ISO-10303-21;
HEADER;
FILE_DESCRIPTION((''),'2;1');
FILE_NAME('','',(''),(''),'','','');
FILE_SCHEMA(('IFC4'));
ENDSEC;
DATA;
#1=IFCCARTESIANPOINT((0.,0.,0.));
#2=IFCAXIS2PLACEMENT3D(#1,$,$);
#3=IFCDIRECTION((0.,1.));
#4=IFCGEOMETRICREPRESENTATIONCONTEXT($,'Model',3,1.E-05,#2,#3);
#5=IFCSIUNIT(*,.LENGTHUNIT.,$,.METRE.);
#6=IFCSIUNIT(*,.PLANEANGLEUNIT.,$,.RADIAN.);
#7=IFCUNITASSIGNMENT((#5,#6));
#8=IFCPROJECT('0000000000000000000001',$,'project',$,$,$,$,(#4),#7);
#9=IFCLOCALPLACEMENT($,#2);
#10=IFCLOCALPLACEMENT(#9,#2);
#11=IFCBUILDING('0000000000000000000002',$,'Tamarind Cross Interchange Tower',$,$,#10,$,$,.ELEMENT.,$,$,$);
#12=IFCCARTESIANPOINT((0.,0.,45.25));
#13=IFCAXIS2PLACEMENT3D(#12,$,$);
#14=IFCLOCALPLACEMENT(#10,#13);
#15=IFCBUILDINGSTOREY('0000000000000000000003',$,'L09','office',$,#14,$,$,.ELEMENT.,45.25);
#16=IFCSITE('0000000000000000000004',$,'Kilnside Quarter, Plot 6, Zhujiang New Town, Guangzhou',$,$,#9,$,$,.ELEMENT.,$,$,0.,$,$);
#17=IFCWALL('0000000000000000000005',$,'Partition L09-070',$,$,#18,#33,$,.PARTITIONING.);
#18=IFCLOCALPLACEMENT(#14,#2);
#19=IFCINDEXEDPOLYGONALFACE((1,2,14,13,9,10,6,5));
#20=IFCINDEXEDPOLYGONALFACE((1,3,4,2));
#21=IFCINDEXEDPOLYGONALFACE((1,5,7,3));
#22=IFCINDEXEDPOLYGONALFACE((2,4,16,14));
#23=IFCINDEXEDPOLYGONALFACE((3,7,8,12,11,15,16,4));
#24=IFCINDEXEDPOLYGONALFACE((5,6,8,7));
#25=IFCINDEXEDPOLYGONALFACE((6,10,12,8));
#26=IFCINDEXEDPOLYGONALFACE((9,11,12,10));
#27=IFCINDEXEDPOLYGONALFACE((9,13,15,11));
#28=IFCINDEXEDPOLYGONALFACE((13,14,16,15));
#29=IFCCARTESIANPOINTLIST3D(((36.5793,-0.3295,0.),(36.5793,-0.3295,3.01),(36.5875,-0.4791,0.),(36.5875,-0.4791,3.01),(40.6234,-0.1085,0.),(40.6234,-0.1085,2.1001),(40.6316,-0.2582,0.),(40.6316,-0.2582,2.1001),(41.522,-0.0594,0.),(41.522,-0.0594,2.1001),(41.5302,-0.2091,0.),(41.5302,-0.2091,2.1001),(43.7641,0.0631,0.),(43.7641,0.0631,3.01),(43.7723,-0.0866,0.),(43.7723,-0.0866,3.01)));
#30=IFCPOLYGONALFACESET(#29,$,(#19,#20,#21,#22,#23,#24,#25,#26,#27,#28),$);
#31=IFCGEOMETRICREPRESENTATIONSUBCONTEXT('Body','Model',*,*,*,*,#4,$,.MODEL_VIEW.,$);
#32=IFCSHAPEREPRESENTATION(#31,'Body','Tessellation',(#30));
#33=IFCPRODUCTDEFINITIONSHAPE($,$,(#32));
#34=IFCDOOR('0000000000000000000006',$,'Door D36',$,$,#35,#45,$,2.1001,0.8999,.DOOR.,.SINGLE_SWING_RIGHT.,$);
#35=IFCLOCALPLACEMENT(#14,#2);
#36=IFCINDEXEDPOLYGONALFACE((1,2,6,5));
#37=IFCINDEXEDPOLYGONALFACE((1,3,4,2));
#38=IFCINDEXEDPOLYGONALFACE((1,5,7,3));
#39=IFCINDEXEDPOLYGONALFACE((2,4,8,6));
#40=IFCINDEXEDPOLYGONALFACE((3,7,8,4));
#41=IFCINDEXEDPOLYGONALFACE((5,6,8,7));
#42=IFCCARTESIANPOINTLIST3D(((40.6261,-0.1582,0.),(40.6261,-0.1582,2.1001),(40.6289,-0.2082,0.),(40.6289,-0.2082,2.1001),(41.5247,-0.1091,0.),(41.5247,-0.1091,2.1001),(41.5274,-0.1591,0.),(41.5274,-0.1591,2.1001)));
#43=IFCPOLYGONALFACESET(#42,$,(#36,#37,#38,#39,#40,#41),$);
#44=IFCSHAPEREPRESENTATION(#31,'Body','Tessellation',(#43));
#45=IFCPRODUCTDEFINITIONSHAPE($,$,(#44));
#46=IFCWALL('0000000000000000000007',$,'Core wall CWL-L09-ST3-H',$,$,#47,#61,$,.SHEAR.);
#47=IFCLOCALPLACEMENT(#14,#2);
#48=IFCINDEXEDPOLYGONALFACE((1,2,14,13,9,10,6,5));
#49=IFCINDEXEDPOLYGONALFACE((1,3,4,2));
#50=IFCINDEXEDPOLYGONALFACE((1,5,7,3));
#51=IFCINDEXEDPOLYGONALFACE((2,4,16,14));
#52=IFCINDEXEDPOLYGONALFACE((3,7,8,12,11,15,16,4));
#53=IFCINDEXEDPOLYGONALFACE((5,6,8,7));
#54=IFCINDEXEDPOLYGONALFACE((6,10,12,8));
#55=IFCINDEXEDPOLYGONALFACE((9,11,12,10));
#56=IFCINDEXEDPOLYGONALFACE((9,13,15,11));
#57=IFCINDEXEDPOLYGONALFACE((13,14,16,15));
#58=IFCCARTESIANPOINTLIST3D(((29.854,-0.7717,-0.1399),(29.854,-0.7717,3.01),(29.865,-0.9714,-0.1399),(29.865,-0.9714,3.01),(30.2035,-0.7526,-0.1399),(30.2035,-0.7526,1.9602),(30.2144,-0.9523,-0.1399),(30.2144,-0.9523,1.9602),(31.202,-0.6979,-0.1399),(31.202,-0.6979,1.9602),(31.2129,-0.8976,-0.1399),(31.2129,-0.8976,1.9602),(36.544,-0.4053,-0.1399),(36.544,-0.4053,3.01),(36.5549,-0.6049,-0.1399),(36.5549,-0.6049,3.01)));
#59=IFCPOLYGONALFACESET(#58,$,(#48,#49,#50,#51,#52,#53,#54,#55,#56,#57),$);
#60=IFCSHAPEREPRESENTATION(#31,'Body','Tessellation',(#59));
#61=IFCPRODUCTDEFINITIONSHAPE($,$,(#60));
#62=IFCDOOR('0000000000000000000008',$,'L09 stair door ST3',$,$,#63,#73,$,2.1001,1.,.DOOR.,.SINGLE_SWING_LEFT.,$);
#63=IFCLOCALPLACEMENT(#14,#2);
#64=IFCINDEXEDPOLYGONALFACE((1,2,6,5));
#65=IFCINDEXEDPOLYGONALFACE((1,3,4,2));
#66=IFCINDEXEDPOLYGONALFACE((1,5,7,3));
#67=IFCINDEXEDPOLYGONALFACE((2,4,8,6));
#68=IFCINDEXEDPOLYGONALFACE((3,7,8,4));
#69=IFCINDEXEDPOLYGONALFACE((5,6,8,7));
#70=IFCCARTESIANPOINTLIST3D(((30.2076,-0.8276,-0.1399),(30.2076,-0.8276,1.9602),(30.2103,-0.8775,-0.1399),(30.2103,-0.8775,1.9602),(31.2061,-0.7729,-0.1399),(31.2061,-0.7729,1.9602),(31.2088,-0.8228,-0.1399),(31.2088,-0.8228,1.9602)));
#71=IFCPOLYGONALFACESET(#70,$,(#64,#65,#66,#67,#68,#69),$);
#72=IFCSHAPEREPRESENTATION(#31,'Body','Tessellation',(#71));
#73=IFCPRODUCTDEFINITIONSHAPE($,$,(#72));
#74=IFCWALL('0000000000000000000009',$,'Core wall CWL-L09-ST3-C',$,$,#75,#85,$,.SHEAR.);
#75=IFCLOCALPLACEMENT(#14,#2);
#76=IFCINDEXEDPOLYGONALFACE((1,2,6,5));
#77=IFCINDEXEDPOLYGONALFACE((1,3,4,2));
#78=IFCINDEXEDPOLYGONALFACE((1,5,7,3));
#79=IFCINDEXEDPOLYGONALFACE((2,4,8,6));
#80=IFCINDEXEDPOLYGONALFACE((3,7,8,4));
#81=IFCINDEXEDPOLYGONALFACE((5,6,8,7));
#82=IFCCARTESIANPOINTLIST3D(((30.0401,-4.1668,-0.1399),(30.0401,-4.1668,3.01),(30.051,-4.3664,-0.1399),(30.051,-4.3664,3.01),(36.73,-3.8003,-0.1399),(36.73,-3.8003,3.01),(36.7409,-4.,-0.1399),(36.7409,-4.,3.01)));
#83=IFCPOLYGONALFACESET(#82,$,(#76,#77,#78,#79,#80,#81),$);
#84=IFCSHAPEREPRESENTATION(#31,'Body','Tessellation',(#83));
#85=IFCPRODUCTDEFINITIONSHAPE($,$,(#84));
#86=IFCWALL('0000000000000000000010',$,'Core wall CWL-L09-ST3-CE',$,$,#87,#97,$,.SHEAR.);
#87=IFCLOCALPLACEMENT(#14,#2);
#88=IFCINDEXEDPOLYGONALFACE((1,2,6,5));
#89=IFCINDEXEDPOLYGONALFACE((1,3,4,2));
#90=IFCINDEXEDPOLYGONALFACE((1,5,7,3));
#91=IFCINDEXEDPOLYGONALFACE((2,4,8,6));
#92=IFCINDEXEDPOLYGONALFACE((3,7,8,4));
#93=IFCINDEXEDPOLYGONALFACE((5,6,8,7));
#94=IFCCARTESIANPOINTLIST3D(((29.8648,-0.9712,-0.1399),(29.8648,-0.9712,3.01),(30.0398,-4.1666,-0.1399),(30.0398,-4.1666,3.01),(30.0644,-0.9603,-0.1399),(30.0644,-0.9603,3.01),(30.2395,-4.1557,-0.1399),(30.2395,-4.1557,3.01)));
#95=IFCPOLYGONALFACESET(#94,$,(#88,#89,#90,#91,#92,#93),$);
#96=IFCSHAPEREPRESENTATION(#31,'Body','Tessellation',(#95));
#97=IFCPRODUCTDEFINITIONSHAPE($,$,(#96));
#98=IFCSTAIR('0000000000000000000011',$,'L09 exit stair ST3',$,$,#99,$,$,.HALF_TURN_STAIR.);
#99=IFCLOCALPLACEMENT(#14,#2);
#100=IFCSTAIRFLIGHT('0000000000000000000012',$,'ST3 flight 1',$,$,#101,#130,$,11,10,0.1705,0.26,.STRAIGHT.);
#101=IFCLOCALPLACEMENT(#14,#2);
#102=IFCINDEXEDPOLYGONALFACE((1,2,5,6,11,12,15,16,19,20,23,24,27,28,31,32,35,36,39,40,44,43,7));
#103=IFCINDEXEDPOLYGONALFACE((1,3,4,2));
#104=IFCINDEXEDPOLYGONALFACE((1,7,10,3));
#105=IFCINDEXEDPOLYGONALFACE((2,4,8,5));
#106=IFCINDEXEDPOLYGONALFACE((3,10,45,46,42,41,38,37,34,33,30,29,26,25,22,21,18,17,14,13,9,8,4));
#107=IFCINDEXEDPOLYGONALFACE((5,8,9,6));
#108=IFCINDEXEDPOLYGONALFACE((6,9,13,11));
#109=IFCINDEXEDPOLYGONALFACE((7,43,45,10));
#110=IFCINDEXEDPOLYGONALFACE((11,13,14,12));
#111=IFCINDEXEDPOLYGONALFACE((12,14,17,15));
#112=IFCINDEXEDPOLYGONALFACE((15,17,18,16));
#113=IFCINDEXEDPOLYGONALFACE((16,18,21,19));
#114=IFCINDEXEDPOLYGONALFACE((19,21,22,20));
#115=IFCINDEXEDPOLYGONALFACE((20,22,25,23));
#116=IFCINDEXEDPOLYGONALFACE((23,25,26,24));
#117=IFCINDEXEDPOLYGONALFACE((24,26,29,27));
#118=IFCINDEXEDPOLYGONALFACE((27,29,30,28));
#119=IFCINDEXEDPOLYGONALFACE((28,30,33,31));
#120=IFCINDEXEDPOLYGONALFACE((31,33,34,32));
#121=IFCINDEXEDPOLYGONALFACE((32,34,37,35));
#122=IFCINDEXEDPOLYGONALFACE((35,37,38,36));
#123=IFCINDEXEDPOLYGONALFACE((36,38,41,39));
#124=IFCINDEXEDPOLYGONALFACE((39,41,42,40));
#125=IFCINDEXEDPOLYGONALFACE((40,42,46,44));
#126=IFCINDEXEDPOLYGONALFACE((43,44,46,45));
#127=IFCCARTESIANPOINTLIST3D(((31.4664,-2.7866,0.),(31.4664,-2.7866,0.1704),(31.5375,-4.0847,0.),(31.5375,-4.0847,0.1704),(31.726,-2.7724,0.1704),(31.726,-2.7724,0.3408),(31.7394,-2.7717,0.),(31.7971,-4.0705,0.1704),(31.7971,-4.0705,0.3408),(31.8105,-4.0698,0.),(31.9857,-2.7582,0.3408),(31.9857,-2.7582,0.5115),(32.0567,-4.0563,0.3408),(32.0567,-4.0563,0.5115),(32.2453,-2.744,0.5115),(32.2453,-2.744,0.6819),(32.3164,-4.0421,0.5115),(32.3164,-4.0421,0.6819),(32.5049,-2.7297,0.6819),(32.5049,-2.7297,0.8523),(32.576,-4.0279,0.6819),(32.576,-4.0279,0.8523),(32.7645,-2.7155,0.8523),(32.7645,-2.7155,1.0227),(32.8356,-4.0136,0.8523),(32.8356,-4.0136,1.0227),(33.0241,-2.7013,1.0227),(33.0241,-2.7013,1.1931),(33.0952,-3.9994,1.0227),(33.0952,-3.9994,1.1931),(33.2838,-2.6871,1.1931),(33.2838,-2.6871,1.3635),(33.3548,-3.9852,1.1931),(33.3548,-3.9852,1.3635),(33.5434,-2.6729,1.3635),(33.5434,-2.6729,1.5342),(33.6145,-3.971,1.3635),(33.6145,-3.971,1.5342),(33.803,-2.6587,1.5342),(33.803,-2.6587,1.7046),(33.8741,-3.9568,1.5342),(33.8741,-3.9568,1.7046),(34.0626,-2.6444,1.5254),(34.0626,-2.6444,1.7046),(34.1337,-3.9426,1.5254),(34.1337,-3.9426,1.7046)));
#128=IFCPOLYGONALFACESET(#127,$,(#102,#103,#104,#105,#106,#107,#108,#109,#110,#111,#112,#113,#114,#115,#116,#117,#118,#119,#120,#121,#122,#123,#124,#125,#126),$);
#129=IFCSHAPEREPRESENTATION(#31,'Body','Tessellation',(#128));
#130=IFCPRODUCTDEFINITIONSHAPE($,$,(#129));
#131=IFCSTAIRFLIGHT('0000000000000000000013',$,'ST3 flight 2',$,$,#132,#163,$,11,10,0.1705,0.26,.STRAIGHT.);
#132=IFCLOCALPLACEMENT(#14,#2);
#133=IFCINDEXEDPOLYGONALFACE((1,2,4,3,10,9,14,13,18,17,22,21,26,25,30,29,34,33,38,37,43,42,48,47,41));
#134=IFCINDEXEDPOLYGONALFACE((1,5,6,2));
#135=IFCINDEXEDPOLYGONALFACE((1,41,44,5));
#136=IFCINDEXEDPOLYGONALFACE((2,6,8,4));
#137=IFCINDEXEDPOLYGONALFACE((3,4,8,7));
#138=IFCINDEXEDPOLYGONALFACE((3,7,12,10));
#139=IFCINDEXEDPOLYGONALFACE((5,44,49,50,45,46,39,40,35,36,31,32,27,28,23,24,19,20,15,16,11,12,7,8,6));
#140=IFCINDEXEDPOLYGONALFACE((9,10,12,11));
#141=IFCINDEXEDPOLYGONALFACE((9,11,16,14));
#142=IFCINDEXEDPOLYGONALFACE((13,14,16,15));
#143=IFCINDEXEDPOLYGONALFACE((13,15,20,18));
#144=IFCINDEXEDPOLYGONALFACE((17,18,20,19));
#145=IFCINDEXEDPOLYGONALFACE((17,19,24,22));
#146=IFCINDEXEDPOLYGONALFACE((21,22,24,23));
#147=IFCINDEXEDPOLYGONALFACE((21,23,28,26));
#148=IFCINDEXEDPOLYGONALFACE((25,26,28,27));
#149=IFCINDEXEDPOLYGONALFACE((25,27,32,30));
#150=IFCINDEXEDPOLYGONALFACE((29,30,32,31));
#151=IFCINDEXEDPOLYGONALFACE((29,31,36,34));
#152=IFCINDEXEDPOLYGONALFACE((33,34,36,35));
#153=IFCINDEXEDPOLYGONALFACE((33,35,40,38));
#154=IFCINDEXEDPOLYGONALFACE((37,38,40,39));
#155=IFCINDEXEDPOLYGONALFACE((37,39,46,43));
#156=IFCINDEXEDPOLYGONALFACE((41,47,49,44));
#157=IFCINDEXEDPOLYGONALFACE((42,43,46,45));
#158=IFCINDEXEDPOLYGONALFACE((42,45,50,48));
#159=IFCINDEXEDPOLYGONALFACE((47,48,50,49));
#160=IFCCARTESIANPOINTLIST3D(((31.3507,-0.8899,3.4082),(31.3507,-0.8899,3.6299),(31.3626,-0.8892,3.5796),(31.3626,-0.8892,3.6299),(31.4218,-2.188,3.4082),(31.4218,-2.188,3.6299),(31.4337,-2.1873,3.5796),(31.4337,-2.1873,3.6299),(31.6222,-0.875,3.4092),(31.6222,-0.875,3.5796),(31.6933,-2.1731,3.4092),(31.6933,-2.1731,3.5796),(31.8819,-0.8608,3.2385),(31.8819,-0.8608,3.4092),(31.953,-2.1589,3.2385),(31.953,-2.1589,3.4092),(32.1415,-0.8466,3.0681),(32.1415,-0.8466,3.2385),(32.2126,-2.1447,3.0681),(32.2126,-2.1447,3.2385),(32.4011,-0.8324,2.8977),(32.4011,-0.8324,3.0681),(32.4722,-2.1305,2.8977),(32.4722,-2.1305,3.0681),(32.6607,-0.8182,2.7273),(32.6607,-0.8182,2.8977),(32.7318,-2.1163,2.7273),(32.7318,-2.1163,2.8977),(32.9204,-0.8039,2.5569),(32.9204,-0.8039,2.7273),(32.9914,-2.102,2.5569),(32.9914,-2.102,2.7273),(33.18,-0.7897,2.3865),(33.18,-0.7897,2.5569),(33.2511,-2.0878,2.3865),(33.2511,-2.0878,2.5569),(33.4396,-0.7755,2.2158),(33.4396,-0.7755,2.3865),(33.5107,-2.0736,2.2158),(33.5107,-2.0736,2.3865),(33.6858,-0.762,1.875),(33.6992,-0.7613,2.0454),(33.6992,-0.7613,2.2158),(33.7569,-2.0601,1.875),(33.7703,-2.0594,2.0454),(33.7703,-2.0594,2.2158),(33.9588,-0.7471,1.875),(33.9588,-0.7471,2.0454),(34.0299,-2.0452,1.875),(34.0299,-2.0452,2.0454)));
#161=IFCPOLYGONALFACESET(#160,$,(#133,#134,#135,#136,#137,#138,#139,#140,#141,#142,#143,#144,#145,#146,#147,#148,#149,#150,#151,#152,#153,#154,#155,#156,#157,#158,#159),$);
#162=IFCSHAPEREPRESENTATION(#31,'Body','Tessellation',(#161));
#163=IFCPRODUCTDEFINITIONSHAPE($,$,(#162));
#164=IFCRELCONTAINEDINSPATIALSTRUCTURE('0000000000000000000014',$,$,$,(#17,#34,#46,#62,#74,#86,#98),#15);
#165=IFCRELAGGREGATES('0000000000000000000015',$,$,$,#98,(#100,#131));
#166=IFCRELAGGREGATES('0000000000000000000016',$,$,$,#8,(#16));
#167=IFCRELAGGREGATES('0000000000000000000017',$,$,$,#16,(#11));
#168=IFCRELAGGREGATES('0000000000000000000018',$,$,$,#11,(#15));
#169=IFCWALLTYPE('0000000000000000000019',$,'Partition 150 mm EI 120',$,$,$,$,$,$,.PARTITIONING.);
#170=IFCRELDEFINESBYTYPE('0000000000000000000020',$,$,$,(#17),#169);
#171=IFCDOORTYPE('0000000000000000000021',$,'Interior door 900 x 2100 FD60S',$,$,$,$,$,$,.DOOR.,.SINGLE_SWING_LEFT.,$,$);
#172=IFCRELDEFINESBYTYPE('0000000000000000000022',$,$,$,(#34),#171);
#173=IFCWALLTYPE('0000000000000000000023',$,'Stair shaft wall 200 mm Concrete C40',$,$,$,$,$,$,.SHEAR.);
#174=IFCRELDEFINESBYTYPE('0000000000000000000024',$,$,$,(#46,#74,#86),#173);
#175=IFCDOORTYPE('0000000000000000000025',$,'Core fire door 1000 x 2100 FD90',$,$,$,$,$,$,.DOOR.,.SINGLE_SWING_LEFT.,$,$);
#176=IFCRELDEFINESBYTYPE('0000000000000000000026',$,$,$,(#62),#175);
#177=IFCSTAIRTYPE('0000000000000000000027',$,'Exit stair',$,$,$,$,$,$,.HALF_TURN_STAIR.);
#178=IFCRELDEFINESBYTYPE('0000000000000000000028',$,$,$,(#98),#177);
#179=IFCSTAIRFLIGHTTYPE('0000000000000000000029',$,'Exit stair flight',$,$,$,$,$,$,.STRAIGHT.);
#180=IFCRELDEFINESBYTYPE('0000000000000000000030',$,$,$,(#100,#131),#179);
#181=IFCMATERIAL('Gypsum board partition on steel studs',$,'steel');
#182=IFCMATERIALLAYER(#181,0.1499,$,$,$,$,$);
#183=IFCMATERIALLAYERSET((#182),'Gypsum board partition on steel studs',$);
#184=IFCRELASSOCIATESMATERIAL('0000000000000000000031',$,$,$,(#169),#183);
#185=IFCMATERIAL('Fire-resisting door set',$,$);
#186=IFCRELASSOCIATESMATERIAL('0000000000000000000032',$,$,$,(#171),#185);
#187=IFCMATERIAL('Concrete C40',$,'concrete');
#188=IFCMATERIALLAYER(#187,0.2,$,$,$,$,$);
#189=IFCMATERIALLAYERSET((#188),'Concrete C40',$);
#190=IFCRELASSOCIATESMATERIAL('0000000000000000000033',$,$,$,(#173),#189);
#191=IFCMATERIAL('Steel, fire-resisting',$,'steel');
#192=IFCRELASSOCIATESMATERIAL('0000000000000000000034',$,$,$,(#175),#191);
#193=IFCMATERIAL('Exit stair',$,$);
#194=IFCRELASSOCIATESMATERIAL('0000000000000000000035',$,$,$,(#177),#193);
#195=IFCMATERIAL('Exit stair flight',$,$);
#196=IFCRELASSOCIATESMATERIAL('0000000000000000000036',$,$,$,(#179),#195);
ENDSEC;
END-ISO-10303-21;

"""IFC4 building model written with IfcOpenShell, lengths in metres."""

from ifc_helpers import new_model, si_unit, direction, frame, frame_2d, origin, place, context, subcontext, project, spatial, polyline, rectangle, outline, extrude, material, layer, layer_set, type_object, element, fill, aggregate, save


model = new_model("IFC4")

# Units and contexts
model_context = context("Model", 3, precision=1e-05, world=origin(), true_north=direction((0.0, 1.0)))
body_context = subcontext(model_context, "Body", "Model", "MODEL_VIEW")
ifc_project = project(units=[si_unit("LENGTHUNIT", "METRE"), si_unit("PLANEANGLEUNIT", "RADIAN")], contexts=[model_context])

# Site, building, storey
site_placement = place(None, origin())
site = spatial("IfcSite", under=ifc_project, at=site_placement, Name="Kilnside Quarter, Plot 6, Zhujiang New Town, Guangzhou", CompositionType="ELEMENT", RefElevation=0.0)
building_placement = place(site_placement, origin())
building = spatial("IfcBuilding", under=site, at=building_placement, Name="Tamarind Cross Interchange Tower", CompositionType="ELEMENT")
storey_placement = place(building_placement, frame((0.0, 0.0, 45.25)))
storey = spatial("IfcBuildingStorey", under=building, at=storey_placement, Name="L09", Description="office", CompositionType="ELEMENT", Elevation=45.25)

# Shared definitions
ifc_material_1 = material(Name="Gypsum board partition on steel studs", Category="steel")
ifc_layer_1 = layer(ifc_material_1, 0.1499)
ifc_layer_set_1 = layer_set([ifc_layer_1], Name="Gypsum board partition on steel studs")
wall_type_1 = type_object("IfcWallType", Name="Partition 150 mm EI 120", PredefinedType="PARTITIONING", material=ifc_layer_set_1)
ifc_material_2 = material(Name="Fire-resisting door set")
door_type_1 = type_object("IfcDoorType", Name="Interior door 900 x 2100 FD60S", OperationType="SINGLE_SWING_LEFT", PredefinedType="DOOR", material=ifc_material_2)

# Walls, openings, doors
wall_1_placement = place(storey_placement, frame((36.5835, -0.4043, 0.0), z_axis=(0.0, 0.0, 1.0), x_axis=(0.998511, 0.054559, 0.0)))
wall_1 = element("IfcWall", 1, at=wall_1_placement, inside=storey, type_object=wall_type_1, Name="Partition L09-070", PredefinedType="PARTITIONING", context=body_context, shape_type="SweptSolid", body=[
    extrude(rectangle(XDim=7.1956, YDim=0.1499, at=frame_2d((3.5977, 0.0))), origin(), (0.0, 0.0, 1.0), 3.01),
])
opening_1_placement = place(wall_1_placement, frame((4.05, 0.0, 0.0)))
opening_1 = element("IfcOpeningElement", 2, at=opening_1_placement, cuts=wall_1, PredefinedType="OPENING", context=body_context, shape_type="SweptSolid", body=[
    extrude(rectangle(XDim=0.8999, YDim=2.1001, at=frame_2d((0.45, 1.05))), frame((0.0, 0.085, 0.0), z_axis=(0.0, -1.0, 0.0), x_axis=(1.0, 0.0, 0.0)), (0.0, 0.0, 1.0), 0.1699),
])
door_1_placement = place(opening_1_placement, frame((0.8999, 0.0, 0.0), z_axis=(0.0, 0.0, 1.0), x_axis=(-1.0, 0.0, 0.0)))
door_1 = element("IfcDoor", 3, at=door_1_placement, inside=storey, type_object=door_type_1, Name="Door D36", OperationType="SINGLE_SWING_RIGHT", OverallHeight=2.1001, OverallWidth=0.8999, PredefinedType="DOOR", context=body_context, shape_type="SweptSolid", body=[
    extrude(rectangle(XDim=0.8999, YDim=2.1001, at=frame_2d((0.45, 1.05))), frame((0.0, 0.0249, 0.0), z_axis=(0.0, -1.0, 0.0), x_axis=(1.0, 0.0, 0.0)), (0.0, 0.0, 1.0), 0.05),
])
fill(opening_1, door_1)
ifc_material_3 = material(Name="Concrete C40", Category="concrete")
ifc_layer_2 = layer(ifc_material_3, 0.2)
ifc_layer_set_2 = layer_set([ifc_layer_2], Name="Concrete C40")
wall_type_2 = type_object("IfcWallType", Name="Stair shaft wall 200 mm Concrete C40", PredefinedType="SHEAR", material=ifc_layer_set_2)
wall_2_placement = place(storey_placement, frame((29.8594, -0.8716, -0.1399), z_axis=(0.0, 0.0, 1.0), x_axis=(0.998503, 0.054695, 0.0)))
wall_2 = element("IfcWall", 4, at=wall_2_placement, inside=storey, type_object=wall_type_2, Name="Core wall CWL-L09-ST3-H", PredefinedType="SHEAR", context=body_context, shape_type="SweptSolid", body=[
    extrude(rectangle(XDim=6.7, YDim=0.2, at=frame_2d((3.3501, 0.0))), origin(), (0.0, 0.0, 1.0), 3.1499),
])
opening_2_placement = place(wall_2_placement, frame((0.3501, 0.0, 0.0)))
opening_2 = element("IfcOpeningElement", 5, at=opening_2_placement, cuts=wall_2, PredefinedType="OPENING", context=body_context, shape_type="SweptSolid", body=[
    extrude(rectangle(XDim=1.0, YDim=2.1001, at=frame_2d((0.5, 1.05))), frame((0.0, 0.1099, 0.0), z_axis=(0.0, -1.0, 0.0), x_axis=(1.0, 0.0, 0.0)), (0.0, 0.0, 1.0), 0.22),
])
ifc_material_4 = material(Name="Steel, fire-resisting", Category="steel")
door_type_2 = type_object("IfcDoorType", Name="Core fire door 1000 x 2100 FD90", OperationType="SINGLE_SWING_LEFT", PredefinedType="DOOR", material=ifc_material_4)
door_2_placement = place(opening_2_placement, origin())
door_2 = element("IfcDoor", 6, at=door_2_placement, inside=storey, type_object=door_type_2, Name="L09 stair door ST3", OperationType="SINGLE_SWING_LEFT", OverallHeight=2.1001, OverallWidth=1.0, PredefinedType="DOOR", context=body_context, shape_type="SweptSolid", body=[
    extrude(rectangle(XDim=1.0, YDim=2.1001, at=frame_2d((0.5, 1.05))), frame((0.0, 0.0249, 0.0), z_axis=(0.0, -1.0, 0.0), x_axis=(1.0, 0.0, 0.0)), (0.0, 0.0, 1.0), 0.05),
])
fill(opening_2, door_2)

# Walls
wall_3_placement = place(storey_placement, frame((30.0454, -4.2666, -0.1399), z_axis=(0.0, 0.0, 1.0), x_axis=(0.998503, 0.054695, 0.0)))
element("IfcWall", 7, at=wall_3_placement, inside=storey, type_object=wall_type_2, Name="Core wall CWL-L09-ST3-C", PredefinedType="SHEAR", context=body_context, shape_type="SweptSolid", body=[
    extrude(rectangle(XDim=6.7, YDim=0.2, at=frame_2d((3.3501, 0.0))), origin(), (0.0, 0.0, 1.0), 3.1499),
])
wall_4_placement = place(storey_placement, frame((30.1396, -4.1611, -0.1399), z_axis=(0.0, 0.0, 1.0), x_axis=(-0.054701, 0.998503, 0.0)))
element("IfcWall", 8, at=wall_4_placement, inside=storey, type_object=wall_type_2, Name="Core wall CWL-L09-ST3-CE", PredefinedType="SHEAR", context=body_context, shape_type="SweptSolid", body=[
    extrude(rectangle(XDim=3.2002, YDim=0.2, at=frame_2d((1.6001, 0.0))), origin(), (0.0, 0.0, 1.0), 3.1499),
])

# Stair, stair flights
ifc_material_5 = material(Name="Exit stair")
stair_type = type_object("IfcStairType", Name="Exit stair", PredefinedType="HALF_TURN_STAIR", material=ifc_material_5)
stair_placement = place(storey_placement, origin())
stair = element("IfcStair", 9, at=stair_placement, inside=storey, type_object=stair_type, Name="L09 exit stair ST3", PredefinedType="HALF_TURN_STAIR")
ifc_material_6 = material(Name="Exit stair flight")
stair_flight_type = type_object("IfcStairFlightType", Name="Exit stair flight", PredefinedType="STRAIGHT", material=ifc_material_6)
stair_flight_1_placement = place(storey_placement, frame((31.502, -3.4355, 0.0), z_axis=(0.0, 0.0, 1.0), x_axis=(0.998504, 0.054678, 0.0)))
stair_flight_1 = element("IfcStairFlight", 10, at=stair_flight_1_placement, type_object=stair_flight_type, Name="ST3 flight 1", NumberOfRisers=11, NumberOfTreads=10, PredefinedType="STRAIGHT", RiserHeight=0.1705, TreadLength=0.26, context=body_context, shape_type="SweptSolid", body=[
    extrude(outline(polyline([(0.0, 0.0), (0.0, 0.1704), (0.26, 0.1704), (0.26, 0.3408), (0.52, 0.3408), (0.52, 0.5115), (0.78, 0.5115), (0.78, 0.6819), (1.04, 0.6819), (1.04, 0.8523), (1.3, 0.8523), (1.3, 1.0227), (1.5601, 1.0227), (1.5601, 1.1931), (1.8201, 1.1931), (1.8201, 1.3635), (2.0801, 1.3635), (2.0801, 1.5342), (2.3401, 1.5342), (2.3401, 1.7046), (2.6001, 1.7046), (2.6001, 1.875), (2.6001, 1.5254), (0.2734, 0.0), (0.0, 0.0)])), frame((0.0, 0.6499, 0.0), z_axis=(0.0, -1.0, 0.0), x_axis=(1.0, 0.0, 0.0)), (0.0, 0.0, 1.0), 1.3),
])
stair_flight_2_placement = place(storey_placement, frame((33.9944, -1.3962, 1.875), z_axis=(0.0, 0.0, 1.0), x_axis=(-0.998504, -0.054678, 0.0)))
stair_flight_2 = element("IfcStairFlight", 11, at=stair_flight_2_placement, type_object=stair_flight_type, Name="ST3 flight 2", NumberOfRisers=11, NumberOfTreads=10, PredefinedType="STRAIGHT", RiserHeight=0.1705, TreadLength=0.26, context=body_context, shape_type="SweptSolid", body=[
    extrude(outline(polyline([(0.0, 0.0), (0.0, 0.1704), (0.26, 0.1704), (0.26, 0.3408), (0.52, 0.3408), (0.52, 0.5115), (0.78, 0.5115), (0.78, 0.6819), (1.04, 0.6819), (1.04, 0.8523), (1.3, 0.8523), (1.3, 1.0227), (1.5601, 1.0227), (1.5601, 1.1931), (1.8201, 1.1931), (1.8201, 1.3635), (2.0801, 1.3635), (2.0801, 1.5342), (2.3401, 1.5342), (2.3401, 1.7046), (2.6001, 1.7046), (2.6001, 1.7549), (2.6121, 1.7549), (2.6121, 1.5332), (0.2734, 0.0), (0.0, 0.0)])), frame((0.0, 0.6499, 0.0), z_axis=(0.0, -1.0, 0.0), x_axis=(1.0, 0.0, 0.0)), (0.0, 0.0, 1.0), 1.3),
])
aggregate(stair, [stair_flight_1, stair_flight_2])

save(model, "model.ifc")
